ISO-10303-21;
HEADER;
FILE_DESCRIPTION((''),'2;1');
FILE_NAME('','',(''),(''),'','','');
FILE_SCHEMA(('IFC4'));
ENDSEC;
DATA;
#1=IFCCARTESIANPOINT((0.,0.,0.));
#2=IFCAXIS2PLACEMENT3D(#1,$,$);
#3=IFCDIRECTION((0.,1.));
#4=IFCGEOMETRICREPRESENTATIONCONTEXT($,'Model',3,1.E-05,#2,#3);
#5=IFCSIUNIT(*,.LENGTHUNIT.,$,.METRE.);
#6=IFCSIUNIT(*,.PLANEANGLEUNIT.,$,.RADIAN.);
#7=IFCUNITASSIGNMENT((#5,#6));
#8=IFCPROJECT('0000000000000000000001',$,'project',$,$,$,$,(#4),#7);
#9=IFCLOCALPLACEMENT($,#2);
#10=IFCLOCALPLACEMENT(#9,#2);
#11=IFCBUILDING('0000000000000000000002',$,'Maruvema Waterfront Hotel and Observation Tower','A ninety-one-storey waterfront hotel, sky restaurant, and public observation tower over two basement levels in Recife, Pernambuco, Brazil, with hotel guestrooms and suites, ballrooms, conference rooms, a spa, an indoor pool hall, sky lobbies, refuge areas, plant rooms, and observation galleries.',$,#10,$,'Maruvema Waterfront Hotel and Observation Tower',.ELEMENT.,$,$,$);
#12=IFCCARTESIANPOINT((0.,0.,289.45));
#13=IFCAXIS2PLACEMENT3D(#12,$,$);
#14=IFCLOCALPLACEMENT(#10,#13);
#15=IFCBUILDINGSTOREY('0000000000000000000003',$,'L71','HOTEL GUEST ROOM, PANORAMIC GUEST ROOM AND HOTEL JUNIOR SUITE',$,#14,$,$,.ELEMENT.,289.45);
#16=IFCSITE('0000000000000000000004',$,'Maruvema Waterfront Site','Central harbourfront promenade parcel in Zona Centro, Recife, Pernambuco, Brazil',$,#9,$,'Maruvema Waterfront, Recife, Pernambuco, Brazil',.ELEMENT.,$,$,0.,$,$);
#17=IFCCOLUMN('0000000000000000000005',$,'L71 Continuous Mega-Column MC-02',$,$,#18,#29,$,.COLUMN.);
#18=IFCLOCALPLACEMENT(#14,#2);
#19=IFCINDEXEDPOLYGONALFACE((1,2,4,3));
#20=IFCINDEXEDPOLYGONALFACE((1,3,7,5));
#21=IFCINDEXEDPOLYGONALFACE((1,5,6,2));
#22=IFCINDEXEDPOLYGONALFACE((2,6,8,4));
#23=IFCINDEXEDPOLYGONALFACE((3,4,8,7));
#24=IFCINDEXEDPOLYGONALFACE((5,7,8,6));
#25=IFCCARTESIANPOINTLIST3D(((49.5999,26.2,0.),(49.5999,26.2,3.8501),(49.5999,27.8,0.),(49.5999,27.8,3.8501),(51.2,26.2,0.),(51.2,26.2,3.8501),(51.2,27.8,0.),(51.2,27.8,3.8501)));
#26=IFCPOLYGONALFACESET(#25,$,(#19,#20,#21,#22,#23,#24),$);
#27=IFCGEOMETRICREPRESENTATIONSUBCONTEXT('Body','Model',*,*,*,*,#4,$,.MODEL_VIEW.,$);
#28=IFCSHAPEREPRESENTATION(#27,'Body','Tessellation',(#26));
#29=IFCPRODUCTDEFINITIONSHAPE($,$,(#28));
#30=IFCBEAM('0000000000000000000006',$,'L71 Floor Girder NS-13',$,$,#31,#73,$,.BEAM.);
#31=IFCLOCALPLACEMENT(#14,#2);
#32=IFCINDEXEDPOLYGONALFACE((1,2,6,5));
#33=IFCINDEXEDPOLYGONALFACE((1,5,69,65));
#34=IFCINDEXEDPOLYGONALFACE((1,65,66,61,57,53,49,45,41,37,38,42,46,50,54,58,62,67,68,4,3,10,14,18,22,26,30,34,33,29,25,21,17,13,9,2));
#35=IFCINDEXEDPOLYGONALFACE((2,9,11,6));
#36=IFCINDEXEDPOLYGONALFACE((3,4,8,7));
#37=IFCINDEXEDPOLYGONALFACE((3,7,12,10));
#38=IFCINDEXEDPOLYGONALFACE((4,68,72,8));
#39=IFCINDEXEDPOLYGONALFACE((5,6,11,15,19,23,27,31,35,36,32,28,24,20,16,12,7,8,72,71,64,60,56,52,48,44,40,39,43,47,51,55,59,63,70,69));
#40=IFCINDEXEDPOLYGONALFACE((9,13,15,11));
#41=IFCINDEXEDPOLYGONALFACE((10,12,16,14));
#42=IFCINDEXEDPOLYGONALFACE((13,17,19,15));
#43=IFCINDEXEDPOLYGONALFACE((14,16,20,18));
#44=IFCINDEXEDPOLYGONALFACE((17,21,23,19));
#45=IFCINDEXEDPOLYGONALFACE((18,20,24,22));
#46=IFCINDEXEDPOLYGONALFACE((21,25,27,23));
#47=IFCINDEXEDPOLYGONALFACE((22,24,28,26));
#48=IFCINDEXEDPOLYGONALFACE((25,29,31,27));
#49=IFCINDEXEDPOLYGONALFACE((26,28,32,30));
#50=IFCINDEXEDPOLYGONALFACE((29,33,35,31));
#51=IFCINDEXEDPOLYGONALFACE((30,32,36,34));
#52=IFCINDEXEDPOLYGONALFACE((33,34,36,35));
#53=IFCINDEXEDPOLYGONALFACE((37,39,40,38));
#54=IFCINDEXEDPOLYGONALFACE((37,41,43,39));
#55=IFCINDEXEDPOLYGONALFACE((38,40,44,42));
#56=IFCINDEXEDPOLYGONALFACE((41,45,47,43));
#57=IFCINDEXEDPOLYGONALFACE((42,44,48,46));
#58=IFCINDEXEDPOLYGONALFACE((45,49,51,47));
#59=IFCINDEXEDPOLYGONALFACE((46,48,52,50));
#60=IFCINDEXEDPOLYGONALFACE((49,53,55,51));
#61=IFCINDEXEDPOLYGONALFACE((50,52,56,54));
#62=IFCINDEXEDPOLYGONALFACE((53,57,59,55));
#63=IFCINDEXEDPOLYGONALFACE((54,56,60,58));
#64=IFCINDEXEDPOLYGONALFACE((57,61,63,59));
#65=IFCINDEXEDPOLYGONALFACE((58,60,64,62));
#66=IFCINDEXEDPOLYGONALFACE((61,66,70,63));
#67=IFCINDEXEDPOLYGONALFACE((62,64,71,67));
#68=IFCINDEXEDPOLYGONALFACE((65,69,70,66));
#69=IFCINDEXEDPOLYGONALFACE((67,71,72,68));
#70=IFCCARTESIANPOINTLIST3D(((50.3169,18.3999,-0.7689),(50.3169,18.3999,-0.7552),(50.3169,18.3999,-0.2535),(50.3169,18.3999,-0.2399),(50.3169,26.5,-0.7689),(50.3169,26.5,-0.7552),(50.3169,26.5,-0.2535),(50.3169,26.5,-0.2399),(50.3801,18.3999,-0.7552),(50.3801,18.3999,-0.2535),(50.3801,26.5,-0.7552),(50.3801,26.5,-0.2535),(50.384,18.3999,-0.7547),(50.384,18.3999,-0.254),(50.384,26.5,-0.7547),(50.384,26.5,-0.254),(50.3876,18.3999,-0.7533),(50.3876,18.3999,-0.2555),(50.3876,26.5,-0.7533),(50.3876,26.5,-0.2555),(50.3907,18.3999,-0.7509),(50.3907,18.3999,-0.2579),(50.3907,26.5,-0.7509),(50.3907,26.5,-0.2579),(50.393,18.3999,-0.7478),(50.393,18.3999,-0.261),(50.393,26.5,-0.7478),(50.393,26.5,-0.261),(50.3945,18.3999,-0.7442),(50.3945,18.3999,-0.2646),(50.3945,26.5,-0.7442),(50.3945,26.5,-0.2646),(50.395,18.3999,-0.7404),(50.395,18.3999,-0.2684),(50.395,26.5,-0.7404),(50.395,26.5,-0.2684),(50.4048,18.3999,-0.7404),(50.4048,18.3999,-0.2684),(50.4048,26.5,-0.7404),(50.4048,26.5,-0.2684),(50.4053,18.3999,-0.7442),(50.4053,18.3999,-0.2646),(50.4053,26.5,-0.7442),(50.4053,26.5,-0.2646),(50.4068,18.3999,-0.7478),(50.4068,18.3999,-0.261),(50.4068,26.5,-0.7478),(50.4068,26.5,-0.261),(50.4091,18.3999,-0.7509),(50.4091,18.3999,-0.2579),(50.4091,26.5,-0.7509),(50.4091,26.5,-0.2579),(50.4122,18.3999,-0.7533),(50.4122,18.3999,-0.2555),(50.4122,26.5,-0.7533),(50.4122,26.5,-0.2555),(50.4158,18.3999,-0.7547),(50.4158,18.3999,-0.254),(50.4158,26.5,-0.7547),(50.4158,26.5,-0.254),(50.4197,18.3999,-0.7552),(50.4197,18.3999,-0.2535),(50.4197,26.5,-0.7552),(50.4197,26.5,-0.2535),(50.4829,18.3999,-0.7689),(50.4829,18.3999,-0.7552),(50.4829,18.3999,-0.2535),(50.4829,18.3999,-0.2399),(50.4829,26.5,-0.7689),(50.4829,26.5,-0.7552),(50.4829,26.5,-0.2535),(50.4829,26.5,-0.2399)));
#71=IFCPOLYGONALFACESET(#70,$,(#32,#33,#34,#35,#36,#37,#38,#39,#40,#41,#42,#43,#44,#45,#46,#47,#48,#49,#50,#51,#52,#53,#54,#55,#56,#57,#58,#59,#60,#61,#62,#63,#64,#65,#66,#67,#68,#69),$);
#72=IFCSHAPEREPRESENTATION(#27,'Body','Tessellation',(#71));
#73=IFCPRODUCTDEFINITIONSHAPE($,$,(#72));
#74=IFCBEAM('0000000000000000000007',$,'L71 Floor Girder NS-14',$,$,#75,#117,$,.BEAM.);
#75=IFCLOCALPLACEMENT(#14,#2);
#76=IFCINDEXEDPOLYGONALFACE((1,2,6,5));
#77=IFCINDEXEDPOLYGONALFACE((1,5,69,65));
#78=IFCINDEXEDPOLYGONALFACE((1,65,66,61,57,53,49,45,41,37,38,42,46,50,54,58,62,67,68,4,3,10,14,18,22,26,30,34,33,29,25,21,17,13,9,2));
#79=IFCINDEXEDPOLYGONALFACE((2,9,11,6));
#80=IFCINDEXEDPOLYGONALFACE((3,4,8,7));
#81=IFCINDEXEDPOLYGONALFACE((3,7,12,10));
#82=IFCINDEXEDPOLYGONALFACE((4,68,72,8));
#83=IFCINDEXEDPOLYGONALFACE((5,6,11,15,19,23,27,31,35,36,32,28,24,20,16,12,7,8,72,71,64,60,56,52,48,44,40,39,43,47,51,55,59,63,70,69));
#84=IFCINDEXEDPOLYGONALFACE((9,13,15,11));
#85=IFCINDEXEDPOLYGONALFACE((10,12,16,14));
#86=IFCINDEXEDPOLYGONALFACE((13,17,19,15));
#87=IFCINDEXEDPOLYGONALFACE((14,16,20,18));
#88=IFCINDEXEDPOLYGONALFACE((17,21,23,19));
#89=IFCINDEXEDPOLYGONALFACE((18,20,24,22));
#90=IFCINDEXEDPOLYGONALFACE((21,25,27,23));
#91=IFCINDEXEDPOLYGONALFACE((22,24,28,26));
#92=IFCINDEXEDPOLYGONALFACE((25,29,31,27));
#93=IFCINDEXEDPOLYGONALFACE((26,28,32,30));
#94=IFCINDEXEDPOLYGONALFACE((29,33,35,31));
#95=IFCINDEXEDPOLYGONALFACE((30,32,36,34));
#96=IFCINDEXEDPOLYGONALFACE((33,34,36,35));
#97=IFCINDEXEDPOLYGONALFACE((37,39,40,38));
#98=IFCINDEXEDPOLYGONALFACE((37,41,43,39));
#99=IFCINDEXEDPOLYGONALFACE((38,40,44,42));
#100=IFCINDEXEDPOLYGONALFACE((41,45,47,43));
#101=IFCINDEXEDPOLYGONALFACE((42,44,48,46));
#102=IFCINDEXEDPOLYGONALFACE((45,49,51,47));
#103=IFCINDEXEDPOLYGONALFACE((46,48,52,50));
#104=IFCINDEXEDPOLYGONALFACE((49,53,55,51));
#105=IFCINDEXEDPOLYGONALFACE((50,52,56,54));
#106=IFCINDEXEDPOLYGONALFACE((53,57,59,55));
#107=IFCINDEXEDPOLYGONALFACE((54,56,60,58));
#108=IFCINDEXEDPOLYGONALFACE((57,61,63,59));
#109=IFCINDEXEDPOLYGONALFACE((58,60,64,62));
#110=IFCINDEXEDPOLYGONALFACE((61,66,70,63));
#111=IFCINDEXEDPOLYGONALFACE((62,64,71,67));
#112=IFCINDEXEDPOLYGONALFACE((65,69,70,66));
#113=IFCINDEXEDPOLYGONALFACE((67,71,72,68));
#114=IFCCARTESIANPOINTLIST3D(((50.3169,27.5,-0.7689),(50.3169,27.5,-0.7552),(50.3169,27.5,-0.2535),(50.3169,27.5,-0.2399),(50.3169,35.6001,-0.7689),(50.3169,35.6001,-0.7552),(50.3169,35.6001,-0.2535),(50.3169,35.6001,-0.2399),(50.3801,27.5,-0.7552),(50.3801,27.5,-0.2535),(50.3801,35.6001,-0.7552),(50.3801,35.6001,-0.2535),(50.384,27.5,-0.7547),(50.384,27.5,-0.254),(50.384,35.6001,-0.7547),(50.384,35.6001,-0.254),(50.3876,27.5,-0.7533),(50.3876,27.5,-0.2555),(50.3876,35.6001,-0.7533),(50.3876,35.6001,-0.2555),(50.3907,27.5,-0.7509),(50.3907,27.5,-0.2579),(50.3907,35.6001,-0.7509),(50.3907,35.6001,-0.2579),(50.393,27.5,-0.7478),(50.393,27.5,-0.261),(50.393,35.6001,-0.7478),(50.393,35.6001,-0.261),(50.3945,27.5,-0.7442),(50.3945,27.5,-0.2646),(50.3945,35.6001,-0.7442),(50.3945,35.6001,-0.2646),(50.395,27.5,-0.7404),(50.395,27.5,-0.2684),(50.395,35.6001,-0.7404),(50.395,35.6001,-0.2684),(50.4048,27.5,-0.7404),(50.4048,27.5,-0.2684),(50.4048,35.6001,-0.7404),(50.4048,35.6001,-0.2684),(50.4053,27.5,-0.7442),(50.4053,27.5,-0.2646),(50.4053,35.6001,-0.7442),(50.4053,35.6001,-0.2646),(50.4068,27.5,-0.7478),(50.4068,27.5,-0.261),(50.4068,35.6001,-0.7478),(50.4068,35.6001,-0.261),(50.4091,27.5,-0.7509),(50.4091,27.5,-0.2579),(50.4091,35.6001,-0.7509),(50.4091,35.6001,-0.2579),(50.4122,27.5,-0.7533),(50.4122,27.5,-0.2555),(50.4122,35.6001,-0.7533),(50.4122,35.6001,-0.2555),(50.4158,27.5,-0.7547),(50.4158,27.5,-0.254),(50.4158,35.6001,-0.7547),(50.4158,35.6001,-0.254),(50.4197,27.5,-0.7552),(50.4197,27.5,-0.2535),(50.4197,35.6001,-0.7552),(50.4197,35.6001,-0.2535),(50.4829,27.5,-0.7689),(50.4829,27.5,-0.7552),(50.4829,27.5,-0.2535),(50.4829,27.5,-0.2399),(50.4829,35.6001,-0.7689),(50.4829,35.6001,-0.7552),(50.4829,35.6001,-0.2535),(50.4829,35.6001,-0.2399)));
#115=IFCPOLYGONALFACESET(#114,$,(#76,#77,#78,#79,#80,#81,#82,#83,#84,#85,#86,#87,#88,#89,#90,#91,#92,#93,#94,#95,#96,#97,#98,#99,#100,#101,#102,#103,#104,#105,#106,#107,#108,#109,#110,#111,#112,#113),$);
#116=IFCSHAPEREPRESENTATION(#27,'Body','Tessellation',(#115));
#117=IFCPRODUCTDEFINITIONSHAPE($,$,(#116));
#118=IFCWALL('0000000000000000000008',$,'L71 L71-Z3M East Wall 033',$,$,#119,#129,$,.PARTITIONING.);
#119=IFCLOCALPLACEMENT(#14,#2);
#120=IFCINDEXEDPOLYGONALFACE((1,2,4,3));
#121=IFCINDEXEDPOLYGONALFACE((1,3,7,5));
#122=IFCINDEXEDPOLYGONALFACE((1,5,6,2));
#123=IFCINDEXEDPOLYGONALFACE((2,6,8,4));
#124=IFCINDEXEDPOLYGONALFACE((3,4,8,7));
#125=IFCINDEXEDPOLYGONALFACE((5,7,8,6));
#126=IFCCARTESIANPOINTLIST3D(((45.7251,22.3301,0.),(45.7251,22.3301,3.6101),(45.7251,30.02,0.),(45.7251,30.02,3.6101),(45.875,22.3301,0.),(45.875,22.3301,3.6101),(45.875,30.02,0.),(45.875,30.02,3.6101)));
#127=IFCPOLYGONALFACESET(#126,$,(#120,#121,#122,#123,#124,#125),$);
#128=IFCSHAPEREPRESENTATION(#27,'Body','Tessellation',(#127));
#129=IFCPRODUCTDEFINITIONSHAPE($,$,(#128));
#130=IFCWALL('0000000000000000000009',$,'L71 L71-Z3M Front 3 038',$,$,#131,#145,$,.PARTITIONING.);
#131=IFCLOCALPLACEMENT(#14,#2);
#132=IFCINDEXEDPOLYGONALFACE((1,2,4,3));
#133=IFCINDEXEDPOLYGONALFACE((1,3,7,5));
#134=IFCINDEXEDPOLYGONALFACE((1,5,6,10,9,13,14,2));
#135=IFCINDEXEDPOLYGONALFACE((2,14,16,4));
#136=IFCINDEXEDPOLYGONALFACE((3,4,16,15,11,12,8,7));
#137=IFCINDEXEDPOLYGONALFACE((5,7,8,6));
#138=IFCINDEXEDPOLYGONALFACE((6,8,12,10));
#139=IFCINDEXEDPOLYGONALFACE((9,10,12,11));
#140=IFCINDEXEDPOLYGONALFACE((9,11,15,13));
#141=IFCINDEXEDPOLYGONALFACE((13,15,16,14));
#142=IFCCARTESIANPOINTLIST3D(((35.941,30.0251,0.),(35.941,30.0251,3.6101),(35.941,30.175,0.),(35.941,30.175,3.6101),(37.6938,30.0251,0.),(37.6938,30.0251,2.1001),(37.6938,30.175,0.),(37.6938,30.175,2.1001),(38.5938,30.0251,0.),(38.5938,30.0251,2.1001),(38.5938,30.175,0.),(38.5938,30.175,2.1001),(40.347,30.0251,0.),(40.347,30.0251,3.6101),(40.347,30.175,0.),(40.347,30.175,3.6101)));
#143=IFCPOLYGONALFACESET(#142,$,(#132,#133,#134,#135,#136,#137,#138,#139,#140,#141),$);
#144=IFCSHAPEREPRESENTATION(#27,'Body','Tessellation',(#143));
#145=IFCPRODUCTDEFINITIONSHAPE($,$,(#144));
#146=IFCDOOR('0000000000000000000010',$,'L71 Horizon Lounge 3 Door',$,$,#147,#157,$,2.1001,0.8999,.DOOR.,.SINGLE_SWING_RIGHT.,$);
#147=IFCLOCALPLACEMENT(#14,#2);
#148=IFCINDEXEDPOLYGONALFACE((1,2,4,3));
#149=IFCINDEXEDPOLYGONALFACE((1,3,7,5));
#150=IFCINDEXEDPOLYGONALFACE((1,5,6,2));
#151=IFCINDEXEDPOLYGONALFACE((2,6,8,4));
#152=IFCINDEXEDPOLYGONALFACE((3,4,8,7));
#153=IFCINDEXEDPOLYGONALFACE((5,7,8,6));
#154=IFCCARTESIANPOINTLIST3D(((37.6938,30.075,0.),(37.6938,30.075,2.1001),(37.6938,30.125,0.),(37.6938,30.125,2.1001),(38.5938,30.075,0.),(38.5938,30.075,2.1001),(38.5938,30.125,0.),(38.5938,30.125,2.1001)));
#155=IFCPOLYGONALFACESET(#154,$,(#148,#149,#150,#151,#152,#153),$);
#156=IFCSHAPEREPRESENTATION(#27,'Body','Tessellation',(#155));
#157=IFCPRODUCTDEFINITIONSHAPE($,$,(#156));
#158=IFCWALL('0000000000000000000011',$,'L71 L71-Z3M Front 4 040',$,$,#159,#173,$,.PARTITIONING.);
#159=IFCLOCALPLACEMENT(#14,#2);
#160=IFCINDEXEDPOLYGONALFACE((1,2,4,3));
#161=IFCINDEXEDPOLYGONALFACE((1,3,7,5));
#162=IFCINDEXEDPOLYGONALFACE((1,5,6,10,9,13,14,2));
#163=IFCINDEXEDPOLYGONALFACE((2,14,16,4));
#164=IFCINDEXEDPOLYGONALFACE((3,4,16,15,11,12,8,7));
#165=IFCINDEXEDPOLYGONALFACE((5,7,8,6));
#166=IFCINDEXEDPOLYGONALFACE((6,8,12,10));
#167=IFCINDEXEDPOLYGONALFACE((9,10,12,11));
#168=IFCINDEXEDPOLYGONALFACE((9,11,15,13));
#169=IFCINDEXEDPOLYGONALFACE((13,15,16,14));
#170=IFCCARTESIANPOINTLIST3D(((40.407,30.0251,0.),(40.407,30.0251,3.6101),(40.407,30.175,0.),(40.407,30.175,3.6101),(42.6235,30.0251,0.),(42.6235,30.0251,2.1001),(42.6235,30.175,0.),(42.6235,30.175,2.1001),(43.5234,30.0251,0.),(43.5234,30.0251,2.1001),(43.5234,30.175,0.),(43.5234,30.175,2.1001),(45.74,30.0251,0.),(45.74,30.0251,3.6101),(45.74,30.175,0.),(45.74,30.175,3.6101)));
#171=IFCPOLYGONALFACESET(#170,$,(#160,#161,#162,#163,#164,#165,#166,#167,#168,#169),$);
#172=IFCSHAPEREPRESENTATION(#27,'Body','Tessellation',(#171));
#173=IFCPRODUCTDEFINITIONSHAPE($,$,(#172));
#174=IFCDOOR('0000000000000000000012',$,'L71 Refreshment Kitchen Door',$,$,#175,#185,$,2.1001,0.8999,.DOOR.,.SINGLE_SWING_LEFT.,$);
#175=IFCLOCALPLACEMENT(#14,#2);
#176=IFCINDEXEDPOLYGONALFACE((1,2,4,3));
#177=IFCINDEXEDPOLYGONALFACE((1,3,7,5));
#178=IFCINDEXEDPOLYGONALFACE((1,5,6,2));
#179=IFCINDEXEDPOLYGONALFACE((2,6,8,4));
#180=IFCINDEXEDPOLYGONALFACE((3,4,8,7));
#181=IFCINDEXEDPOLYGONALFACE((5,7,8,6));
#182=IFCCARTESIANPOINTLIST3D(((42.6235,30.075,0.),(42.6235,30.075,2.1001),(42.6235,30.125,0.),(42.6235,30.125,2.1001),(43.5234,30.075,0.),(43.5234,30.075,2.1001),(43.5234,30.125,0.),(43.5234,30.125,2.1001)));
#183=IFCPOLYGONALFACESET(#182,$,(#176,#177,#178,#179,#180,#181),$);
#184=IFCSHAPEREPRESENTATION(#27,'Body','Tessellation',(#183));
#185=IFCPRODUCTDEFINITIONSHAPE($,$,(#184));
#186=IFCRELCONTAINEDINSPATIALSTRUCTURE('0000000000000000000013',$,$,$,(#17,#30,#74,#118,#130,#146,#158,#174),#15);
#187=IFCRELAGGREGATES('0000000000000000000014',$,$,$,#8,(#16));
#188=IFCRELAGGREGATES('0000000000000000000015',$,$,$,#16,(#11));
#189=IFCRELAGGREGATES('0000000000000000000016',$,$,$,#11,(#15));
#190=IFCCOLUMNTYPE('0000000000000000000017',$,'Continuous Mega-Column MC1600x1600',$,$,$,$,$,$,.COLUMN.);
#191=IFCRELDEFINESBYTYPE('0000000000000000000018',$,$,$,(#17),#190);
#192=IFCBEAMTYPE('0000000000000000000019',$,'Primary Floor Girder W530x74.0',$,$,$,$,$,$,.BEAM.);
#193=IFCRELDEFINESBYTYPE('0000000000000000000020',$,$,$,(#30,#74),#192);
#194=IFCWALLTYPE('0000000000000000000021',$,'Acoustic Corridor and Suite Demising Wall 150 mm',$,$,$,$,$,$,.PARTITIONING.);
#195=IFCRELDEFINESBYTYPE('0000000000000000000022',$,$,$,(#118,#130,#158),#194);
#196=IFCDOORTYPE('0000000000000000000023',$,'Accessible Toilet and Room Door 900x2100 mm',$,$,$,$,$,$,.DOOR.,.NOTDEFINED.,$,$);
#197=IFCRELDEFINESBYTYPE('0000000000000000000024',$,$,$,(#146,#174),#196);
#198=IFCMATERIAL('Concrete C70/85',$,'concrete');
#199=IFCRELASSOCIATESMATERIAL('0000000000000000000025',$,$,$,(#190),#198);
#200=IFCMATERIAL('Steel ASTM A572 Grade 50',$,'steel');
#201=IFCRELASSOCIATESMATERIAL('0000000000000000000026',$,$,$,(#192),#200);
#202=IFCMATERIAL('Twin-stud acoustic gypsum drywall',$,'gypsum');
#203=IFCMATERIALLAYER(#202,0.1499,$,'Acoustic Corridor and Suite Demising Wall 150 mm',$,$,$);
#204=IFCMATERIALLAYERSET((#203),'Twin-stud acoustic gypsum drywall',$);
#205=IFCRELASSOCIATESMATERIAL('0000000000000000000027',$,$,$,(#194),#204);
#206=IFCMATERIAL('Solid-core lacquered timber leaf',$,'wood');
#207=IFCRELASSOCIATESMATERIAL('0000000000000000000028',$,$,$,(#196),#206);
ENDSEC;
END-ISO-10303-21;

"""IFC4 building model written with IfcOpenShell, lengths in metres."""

from ifc_helpers import new_model, si_unit, direction, frame, frame_2d, origin, origin_2d, place, context, subcontext, project, spatial, rectangle, i_section, extrude, material, layer, layer_set, material_profile, profile_set, type_object, element, fill, save


model = new_model("IFC4")

# Units and contexts
model_context = context("Model", 3, precision=1e-05, world=origin(), true_north=direction((0.0, 1.0)))
body_context = subcontext(model_context, "Body", "Model", "MODEL_VIEW")
ifc_project = project(units=[si_unit("LENGTHUNIT", "METRE"), si_unit("PLANEANGLEUNIT", "RADIAN")], contexts=[model_context])

# Site, building, storey
site_placement = place(None, origin())
site = spatial("IfcSite", under=ifc_project, at=site_placement, Name="Maruvema Waterfront Site", Description="Central harbourfront promenade parcel in Zona Centro, Recife, Pernambuco, Brazil", LongName="Maruvema Waterfront, Recife, Pernambuco, Brazil", CompositionType="ELEMENT", RefElevation=0.0)
building_placement = place(site_placement, origin())
building = spatial("IfcBuilding", under=site, at=building_placement, Name="Maruvema Waterfront Hotel and Observation Tower", Description="A ninety-one-storey waterfront hotel, sky restaurant, and public observation tower over two basement levels in Recife, Pernambuco, Brazil, with hotel guestrooms and suites, ballrooms, conference rooms, a spa, an indoor pool hall, sky lobbies, refuge areas, plant rooms, and observation galleries.", LongName="Maruvema Waterfront Hotel and Observation Tower", CompositionType="ELEMENT")
storey_placement = place(building_placement, frame((0.0, 0.0, 289.45)))
storey = spatial("IfcBuildingStorey", under=building, at=storey_placement, Name="L71", Description="HOTEL GUEST ROOM, PANORAMIC GUEST ROOM AND HOTEL JUNIOR SUITE", CompositionType="ELEMENT", Elevation=289.45)

# Column
ifc_material_1 = material(Name="Concrete C70/85", Category="concrete")
ifc_material_profile_1 = material_profile(ifc_material_1, rectangle(XDim=1.6001, YDim=1.6001, at=origin_2d()), Name="MC1600x1600")
ifc_profile_set_1 = profile_set([ifc_material_profile_1], Name="Concrete C70/85")
column_type = type_object("IfcColumnType", Name="Continuous Mega-Column MC1600x1600", PredefinedType="COLUMN", material=ifc_profile_set_1)
column_placement = place(storey_placement, frame((50.3999, 27.0, 0.0), z_axis=(0.0, 0.0, 1.0), x_axis=(1.0, 0.0, 0.0)))
element("IfcColumn", 1, at=column_placement, inside=storey, type_object=column_type, Name="L71 Continuous Mega-Column MC-02", PredefinedType="COLUMN", context=body_context, shape_type="SweptSolid", body=[
    extrude(rectangle(XDim=1.6001, YDim=1.6001, at=origin_2d()), origin(), (0.0, 0.0, 1.0), 3.8501),
])

# Beams
ifc_material_2 = material(Name="Steel ASTM A572 Grade 50", Category="steel")
ifc_material_profile_2 = material_profile(ifc_material_2, i_section(OverallWidth=0.166, OverallDepth=0.5291, WebThickness=0.0098, FlangeThickness=0.0137, FilletRadius=0.0149, at=origin_2d()), Name="W530x74.0")
ifc_profile_set_2 = profile_set([ifc_material_profile_2], Name="Steel ASTM A572 Grade 50")
beam_type = type_object("IfcBeamType", Name="Primary Floor Girder W530x74.0", PredefinedType="BEAM", material=ifc_profile_set_2)
for number, where, z_axis, x_axis, name in (
    (2, (50.3999, 18.3999, -0.5044), (0.0, 1.0, 0.0), (-1.0, 0.0, 0.0), "L71 Floor Girder NS-13"),
    (3, (50.3999, 27.5, -0.5044), (0.0, 1.0, 0.0), (-1.0, 0.0, 0.0), "L71 Floor Girder NS-14"),
):
    element("IfcBeam", number, at=place(storey_placement, frame(where, z_axis=z_axis, x_axis=x_axis)), inside=storey, type_object=beam_type, Name=name, PredefinedType="BEAM", context=body_context, shape_type="SweptSolid", body=[
        extrude(i_section(OverallWidth=0.166, OverallDepth=0.5291, WebThickness=0.0098, FlangeThickness=0.0137, FilletRadius=0.0149, at=origin_2d()), origin(), (0.0, 0.0, 1.0), 8.1001),
    ])

# Wall
ifc_material_3 = material(Name="Twin-stud acoustic gypsum drywall", Category="gypsum")
ifc_layer_1 = layer(ifc_material_3, 0.1499, Name="Acoustic Corridor and Suite Demising Wall 150 mm")
ifc_layer_set_1 = layer_set([ifc_layer_1], Name="Twin-stud acoustic gypsum drywall")
wall_type_1 = type_object("IfcWallType", Name="Acoustic Corridor and Suite Demising Wall 150 mm", PredefinedType="PARTITIONING", material=ifc_layer_set_1)
wall_1_placement = place(storey_placement, frame((45.8, 22.3301, 0.0), z_axis=(0.0, 0.0, 1.0), x_axis=(0.0, 1.0, 0.0)))
element("IfcWall", 4, at=wall_1_placement, inside=storey, type_object=wall_type_1, Name="L71 L71-Z3M East Wall 033", PredefinedType="PARTITIONING", context=body_context, shape_type="SweptSolid", body=[
    extrude(rectangle(XDim=7.6899, YDim=0.1499, at=frame_2d((3.845, 0.0))), origin(), (0.0, 0.0, 1.0), 3.6101),
])

# Walls, openings, doors
wall_2_placement = place(storey_placement, frame((35.9409, 30.1001, 0.0), z_axis=(0.0, 0.0, 1.0), x_axis=(1.0, 0.0, 0.0)))
wall_2 = element("IfcWall", 5, at=wall_2_placement, inside=storey, type_object=wall_type_1, Name="L71 L71-Z3M Front 3 038", PredefinedType="PARTITIONING", context=body_context, shape_type="SweptSolid", body=[
    extrude(rectangle(XDim=4.406, YDim=0.1499, at=frame_2d((2.2031, 0.0))), origin(), (0.0, 0.0, 1.0), 3.6101),
])
opening_1_placement = place(wall_2_placement, frame((1.7529, 0.0, 0.0)))
opening_1 = element("IfcOpeningElement", 6, at=opening_1_placement, cuts=wall_2, PredefinedType="OPENING", context=body_context, shape_type="SweptSolid", body=[
    extrude(rectangle(XDim=0.8999, YDim=2.1001, at=frame_2d((0.45, 1.05))), frame((0.0, 0.085, 0.0), z_axis=(0.0, -1.0, 0.0), x_axis=(1.0, 0.0, 0.0)), (0.0, 0.0, 1.0), 0.1699),
])
ifc_material_4 = material(Name="Solid-core lacquered timber leaf", Category="wood")
door_type_1 = type_object("IfcDoorType", Name="Accessible Toilet and Room Door 900x2100 mm", OperationType="NOTDEFINED", PredefinedType="DOOR", material=ifc_material_4)
door_1_placement = place(opening_1_placement, origin())
door_1 = element("IfcDoor", 7, at=door_1_placement, inside=storey, type_object=door_type_1, Name="L71 Horizon Lounge 3 Door", OperationType="SINGLE_SWING_RIGHT", OverallHeight=2.1001, OverallWidth=0.8999, PredefinedType="DOOR", context=body_context, shape_type="SweptSolid", body=[
    extrude(rectangle(XDim=0.8999, YDim=2.1001, at=frame_2d((0.45, 1.05))), frame((0.0, 0.0249, 0.0), z_axis=(0.0, -1.0, 0.0), x_axis=(1.0, 0.0, 0.0)), (0.0, 0.0, 1.0), 0.05),
])
fill(opening_1, door_1)
wall_3_placement = place(storey_placement, frame((40.407, 30.1001, 0.0), z_axis=(0.0, 0.0, 1.0), x_axis=(1.0, 0.0, 0.0)))
wall_3 = element("IfcWall", 8, at=wall_3_placement, inside=storey, type_object=wall_type_1, Name="L71 L71-Z3M Front 4 040", PredefinedType="PARTITIONING", context=body_context, shape_type="SweptSolid", body=[
    extrude(rectangle(XDim=5.333, YDim=0.1499, at=frame_2d((2.6665, 0.0))), origin(), (0.0, 0.0, 1.0), 3.6101),
])
opening_2_placement = place(wall_3_placement, frame((2.2166, 0.0, 0.0)))
opening_2 = element("IfcOpeningElement", 9, at=opening_2_placement, cuts=wall_3, PredefinedType="OPENING", context=body_context, shape_type="SweptSolid", body=[
    extrude(rectangle(XDim=0.8999, YDim=2.1001, at=frame_2d((0.45, 1.05))), frame((0.0, 0.085, 0.0), z_axis=(0.0, -1.0, 0.0), x_axis=(1.0, 0.0, 0.0)), (0.0, 0.0, 1.0), 0.1699),
])
door_2_placement = place(opening_2_placement, origin())
door_2 = element("IfcDoor", 10, at=door_2_placement, inside=storey, type_object=door_type_1, Name="L71 Refreshment Kitchen Door", OperationType="SINGLE_SWING_LEFT", OverallHeight=2.1001, OverallWidth=0.8999, PredefinedType="DOOR", context=body_context, shape_type="SweptSolid", body=[
    extrude(rectangle(XDim=0.8999, YDim=2.1001, at=frame_2d((0.45, 1.05))), frame((0.0, 0.0249, 0.0), z_axis=(0.0, -1.0, 0.0), x_axis=(1.0, 0.0, 0.0)), (0.0, 0.0, 1.0), 0.05),
])
fill(opening_2, door_2)

save(model, "model.ifc")
